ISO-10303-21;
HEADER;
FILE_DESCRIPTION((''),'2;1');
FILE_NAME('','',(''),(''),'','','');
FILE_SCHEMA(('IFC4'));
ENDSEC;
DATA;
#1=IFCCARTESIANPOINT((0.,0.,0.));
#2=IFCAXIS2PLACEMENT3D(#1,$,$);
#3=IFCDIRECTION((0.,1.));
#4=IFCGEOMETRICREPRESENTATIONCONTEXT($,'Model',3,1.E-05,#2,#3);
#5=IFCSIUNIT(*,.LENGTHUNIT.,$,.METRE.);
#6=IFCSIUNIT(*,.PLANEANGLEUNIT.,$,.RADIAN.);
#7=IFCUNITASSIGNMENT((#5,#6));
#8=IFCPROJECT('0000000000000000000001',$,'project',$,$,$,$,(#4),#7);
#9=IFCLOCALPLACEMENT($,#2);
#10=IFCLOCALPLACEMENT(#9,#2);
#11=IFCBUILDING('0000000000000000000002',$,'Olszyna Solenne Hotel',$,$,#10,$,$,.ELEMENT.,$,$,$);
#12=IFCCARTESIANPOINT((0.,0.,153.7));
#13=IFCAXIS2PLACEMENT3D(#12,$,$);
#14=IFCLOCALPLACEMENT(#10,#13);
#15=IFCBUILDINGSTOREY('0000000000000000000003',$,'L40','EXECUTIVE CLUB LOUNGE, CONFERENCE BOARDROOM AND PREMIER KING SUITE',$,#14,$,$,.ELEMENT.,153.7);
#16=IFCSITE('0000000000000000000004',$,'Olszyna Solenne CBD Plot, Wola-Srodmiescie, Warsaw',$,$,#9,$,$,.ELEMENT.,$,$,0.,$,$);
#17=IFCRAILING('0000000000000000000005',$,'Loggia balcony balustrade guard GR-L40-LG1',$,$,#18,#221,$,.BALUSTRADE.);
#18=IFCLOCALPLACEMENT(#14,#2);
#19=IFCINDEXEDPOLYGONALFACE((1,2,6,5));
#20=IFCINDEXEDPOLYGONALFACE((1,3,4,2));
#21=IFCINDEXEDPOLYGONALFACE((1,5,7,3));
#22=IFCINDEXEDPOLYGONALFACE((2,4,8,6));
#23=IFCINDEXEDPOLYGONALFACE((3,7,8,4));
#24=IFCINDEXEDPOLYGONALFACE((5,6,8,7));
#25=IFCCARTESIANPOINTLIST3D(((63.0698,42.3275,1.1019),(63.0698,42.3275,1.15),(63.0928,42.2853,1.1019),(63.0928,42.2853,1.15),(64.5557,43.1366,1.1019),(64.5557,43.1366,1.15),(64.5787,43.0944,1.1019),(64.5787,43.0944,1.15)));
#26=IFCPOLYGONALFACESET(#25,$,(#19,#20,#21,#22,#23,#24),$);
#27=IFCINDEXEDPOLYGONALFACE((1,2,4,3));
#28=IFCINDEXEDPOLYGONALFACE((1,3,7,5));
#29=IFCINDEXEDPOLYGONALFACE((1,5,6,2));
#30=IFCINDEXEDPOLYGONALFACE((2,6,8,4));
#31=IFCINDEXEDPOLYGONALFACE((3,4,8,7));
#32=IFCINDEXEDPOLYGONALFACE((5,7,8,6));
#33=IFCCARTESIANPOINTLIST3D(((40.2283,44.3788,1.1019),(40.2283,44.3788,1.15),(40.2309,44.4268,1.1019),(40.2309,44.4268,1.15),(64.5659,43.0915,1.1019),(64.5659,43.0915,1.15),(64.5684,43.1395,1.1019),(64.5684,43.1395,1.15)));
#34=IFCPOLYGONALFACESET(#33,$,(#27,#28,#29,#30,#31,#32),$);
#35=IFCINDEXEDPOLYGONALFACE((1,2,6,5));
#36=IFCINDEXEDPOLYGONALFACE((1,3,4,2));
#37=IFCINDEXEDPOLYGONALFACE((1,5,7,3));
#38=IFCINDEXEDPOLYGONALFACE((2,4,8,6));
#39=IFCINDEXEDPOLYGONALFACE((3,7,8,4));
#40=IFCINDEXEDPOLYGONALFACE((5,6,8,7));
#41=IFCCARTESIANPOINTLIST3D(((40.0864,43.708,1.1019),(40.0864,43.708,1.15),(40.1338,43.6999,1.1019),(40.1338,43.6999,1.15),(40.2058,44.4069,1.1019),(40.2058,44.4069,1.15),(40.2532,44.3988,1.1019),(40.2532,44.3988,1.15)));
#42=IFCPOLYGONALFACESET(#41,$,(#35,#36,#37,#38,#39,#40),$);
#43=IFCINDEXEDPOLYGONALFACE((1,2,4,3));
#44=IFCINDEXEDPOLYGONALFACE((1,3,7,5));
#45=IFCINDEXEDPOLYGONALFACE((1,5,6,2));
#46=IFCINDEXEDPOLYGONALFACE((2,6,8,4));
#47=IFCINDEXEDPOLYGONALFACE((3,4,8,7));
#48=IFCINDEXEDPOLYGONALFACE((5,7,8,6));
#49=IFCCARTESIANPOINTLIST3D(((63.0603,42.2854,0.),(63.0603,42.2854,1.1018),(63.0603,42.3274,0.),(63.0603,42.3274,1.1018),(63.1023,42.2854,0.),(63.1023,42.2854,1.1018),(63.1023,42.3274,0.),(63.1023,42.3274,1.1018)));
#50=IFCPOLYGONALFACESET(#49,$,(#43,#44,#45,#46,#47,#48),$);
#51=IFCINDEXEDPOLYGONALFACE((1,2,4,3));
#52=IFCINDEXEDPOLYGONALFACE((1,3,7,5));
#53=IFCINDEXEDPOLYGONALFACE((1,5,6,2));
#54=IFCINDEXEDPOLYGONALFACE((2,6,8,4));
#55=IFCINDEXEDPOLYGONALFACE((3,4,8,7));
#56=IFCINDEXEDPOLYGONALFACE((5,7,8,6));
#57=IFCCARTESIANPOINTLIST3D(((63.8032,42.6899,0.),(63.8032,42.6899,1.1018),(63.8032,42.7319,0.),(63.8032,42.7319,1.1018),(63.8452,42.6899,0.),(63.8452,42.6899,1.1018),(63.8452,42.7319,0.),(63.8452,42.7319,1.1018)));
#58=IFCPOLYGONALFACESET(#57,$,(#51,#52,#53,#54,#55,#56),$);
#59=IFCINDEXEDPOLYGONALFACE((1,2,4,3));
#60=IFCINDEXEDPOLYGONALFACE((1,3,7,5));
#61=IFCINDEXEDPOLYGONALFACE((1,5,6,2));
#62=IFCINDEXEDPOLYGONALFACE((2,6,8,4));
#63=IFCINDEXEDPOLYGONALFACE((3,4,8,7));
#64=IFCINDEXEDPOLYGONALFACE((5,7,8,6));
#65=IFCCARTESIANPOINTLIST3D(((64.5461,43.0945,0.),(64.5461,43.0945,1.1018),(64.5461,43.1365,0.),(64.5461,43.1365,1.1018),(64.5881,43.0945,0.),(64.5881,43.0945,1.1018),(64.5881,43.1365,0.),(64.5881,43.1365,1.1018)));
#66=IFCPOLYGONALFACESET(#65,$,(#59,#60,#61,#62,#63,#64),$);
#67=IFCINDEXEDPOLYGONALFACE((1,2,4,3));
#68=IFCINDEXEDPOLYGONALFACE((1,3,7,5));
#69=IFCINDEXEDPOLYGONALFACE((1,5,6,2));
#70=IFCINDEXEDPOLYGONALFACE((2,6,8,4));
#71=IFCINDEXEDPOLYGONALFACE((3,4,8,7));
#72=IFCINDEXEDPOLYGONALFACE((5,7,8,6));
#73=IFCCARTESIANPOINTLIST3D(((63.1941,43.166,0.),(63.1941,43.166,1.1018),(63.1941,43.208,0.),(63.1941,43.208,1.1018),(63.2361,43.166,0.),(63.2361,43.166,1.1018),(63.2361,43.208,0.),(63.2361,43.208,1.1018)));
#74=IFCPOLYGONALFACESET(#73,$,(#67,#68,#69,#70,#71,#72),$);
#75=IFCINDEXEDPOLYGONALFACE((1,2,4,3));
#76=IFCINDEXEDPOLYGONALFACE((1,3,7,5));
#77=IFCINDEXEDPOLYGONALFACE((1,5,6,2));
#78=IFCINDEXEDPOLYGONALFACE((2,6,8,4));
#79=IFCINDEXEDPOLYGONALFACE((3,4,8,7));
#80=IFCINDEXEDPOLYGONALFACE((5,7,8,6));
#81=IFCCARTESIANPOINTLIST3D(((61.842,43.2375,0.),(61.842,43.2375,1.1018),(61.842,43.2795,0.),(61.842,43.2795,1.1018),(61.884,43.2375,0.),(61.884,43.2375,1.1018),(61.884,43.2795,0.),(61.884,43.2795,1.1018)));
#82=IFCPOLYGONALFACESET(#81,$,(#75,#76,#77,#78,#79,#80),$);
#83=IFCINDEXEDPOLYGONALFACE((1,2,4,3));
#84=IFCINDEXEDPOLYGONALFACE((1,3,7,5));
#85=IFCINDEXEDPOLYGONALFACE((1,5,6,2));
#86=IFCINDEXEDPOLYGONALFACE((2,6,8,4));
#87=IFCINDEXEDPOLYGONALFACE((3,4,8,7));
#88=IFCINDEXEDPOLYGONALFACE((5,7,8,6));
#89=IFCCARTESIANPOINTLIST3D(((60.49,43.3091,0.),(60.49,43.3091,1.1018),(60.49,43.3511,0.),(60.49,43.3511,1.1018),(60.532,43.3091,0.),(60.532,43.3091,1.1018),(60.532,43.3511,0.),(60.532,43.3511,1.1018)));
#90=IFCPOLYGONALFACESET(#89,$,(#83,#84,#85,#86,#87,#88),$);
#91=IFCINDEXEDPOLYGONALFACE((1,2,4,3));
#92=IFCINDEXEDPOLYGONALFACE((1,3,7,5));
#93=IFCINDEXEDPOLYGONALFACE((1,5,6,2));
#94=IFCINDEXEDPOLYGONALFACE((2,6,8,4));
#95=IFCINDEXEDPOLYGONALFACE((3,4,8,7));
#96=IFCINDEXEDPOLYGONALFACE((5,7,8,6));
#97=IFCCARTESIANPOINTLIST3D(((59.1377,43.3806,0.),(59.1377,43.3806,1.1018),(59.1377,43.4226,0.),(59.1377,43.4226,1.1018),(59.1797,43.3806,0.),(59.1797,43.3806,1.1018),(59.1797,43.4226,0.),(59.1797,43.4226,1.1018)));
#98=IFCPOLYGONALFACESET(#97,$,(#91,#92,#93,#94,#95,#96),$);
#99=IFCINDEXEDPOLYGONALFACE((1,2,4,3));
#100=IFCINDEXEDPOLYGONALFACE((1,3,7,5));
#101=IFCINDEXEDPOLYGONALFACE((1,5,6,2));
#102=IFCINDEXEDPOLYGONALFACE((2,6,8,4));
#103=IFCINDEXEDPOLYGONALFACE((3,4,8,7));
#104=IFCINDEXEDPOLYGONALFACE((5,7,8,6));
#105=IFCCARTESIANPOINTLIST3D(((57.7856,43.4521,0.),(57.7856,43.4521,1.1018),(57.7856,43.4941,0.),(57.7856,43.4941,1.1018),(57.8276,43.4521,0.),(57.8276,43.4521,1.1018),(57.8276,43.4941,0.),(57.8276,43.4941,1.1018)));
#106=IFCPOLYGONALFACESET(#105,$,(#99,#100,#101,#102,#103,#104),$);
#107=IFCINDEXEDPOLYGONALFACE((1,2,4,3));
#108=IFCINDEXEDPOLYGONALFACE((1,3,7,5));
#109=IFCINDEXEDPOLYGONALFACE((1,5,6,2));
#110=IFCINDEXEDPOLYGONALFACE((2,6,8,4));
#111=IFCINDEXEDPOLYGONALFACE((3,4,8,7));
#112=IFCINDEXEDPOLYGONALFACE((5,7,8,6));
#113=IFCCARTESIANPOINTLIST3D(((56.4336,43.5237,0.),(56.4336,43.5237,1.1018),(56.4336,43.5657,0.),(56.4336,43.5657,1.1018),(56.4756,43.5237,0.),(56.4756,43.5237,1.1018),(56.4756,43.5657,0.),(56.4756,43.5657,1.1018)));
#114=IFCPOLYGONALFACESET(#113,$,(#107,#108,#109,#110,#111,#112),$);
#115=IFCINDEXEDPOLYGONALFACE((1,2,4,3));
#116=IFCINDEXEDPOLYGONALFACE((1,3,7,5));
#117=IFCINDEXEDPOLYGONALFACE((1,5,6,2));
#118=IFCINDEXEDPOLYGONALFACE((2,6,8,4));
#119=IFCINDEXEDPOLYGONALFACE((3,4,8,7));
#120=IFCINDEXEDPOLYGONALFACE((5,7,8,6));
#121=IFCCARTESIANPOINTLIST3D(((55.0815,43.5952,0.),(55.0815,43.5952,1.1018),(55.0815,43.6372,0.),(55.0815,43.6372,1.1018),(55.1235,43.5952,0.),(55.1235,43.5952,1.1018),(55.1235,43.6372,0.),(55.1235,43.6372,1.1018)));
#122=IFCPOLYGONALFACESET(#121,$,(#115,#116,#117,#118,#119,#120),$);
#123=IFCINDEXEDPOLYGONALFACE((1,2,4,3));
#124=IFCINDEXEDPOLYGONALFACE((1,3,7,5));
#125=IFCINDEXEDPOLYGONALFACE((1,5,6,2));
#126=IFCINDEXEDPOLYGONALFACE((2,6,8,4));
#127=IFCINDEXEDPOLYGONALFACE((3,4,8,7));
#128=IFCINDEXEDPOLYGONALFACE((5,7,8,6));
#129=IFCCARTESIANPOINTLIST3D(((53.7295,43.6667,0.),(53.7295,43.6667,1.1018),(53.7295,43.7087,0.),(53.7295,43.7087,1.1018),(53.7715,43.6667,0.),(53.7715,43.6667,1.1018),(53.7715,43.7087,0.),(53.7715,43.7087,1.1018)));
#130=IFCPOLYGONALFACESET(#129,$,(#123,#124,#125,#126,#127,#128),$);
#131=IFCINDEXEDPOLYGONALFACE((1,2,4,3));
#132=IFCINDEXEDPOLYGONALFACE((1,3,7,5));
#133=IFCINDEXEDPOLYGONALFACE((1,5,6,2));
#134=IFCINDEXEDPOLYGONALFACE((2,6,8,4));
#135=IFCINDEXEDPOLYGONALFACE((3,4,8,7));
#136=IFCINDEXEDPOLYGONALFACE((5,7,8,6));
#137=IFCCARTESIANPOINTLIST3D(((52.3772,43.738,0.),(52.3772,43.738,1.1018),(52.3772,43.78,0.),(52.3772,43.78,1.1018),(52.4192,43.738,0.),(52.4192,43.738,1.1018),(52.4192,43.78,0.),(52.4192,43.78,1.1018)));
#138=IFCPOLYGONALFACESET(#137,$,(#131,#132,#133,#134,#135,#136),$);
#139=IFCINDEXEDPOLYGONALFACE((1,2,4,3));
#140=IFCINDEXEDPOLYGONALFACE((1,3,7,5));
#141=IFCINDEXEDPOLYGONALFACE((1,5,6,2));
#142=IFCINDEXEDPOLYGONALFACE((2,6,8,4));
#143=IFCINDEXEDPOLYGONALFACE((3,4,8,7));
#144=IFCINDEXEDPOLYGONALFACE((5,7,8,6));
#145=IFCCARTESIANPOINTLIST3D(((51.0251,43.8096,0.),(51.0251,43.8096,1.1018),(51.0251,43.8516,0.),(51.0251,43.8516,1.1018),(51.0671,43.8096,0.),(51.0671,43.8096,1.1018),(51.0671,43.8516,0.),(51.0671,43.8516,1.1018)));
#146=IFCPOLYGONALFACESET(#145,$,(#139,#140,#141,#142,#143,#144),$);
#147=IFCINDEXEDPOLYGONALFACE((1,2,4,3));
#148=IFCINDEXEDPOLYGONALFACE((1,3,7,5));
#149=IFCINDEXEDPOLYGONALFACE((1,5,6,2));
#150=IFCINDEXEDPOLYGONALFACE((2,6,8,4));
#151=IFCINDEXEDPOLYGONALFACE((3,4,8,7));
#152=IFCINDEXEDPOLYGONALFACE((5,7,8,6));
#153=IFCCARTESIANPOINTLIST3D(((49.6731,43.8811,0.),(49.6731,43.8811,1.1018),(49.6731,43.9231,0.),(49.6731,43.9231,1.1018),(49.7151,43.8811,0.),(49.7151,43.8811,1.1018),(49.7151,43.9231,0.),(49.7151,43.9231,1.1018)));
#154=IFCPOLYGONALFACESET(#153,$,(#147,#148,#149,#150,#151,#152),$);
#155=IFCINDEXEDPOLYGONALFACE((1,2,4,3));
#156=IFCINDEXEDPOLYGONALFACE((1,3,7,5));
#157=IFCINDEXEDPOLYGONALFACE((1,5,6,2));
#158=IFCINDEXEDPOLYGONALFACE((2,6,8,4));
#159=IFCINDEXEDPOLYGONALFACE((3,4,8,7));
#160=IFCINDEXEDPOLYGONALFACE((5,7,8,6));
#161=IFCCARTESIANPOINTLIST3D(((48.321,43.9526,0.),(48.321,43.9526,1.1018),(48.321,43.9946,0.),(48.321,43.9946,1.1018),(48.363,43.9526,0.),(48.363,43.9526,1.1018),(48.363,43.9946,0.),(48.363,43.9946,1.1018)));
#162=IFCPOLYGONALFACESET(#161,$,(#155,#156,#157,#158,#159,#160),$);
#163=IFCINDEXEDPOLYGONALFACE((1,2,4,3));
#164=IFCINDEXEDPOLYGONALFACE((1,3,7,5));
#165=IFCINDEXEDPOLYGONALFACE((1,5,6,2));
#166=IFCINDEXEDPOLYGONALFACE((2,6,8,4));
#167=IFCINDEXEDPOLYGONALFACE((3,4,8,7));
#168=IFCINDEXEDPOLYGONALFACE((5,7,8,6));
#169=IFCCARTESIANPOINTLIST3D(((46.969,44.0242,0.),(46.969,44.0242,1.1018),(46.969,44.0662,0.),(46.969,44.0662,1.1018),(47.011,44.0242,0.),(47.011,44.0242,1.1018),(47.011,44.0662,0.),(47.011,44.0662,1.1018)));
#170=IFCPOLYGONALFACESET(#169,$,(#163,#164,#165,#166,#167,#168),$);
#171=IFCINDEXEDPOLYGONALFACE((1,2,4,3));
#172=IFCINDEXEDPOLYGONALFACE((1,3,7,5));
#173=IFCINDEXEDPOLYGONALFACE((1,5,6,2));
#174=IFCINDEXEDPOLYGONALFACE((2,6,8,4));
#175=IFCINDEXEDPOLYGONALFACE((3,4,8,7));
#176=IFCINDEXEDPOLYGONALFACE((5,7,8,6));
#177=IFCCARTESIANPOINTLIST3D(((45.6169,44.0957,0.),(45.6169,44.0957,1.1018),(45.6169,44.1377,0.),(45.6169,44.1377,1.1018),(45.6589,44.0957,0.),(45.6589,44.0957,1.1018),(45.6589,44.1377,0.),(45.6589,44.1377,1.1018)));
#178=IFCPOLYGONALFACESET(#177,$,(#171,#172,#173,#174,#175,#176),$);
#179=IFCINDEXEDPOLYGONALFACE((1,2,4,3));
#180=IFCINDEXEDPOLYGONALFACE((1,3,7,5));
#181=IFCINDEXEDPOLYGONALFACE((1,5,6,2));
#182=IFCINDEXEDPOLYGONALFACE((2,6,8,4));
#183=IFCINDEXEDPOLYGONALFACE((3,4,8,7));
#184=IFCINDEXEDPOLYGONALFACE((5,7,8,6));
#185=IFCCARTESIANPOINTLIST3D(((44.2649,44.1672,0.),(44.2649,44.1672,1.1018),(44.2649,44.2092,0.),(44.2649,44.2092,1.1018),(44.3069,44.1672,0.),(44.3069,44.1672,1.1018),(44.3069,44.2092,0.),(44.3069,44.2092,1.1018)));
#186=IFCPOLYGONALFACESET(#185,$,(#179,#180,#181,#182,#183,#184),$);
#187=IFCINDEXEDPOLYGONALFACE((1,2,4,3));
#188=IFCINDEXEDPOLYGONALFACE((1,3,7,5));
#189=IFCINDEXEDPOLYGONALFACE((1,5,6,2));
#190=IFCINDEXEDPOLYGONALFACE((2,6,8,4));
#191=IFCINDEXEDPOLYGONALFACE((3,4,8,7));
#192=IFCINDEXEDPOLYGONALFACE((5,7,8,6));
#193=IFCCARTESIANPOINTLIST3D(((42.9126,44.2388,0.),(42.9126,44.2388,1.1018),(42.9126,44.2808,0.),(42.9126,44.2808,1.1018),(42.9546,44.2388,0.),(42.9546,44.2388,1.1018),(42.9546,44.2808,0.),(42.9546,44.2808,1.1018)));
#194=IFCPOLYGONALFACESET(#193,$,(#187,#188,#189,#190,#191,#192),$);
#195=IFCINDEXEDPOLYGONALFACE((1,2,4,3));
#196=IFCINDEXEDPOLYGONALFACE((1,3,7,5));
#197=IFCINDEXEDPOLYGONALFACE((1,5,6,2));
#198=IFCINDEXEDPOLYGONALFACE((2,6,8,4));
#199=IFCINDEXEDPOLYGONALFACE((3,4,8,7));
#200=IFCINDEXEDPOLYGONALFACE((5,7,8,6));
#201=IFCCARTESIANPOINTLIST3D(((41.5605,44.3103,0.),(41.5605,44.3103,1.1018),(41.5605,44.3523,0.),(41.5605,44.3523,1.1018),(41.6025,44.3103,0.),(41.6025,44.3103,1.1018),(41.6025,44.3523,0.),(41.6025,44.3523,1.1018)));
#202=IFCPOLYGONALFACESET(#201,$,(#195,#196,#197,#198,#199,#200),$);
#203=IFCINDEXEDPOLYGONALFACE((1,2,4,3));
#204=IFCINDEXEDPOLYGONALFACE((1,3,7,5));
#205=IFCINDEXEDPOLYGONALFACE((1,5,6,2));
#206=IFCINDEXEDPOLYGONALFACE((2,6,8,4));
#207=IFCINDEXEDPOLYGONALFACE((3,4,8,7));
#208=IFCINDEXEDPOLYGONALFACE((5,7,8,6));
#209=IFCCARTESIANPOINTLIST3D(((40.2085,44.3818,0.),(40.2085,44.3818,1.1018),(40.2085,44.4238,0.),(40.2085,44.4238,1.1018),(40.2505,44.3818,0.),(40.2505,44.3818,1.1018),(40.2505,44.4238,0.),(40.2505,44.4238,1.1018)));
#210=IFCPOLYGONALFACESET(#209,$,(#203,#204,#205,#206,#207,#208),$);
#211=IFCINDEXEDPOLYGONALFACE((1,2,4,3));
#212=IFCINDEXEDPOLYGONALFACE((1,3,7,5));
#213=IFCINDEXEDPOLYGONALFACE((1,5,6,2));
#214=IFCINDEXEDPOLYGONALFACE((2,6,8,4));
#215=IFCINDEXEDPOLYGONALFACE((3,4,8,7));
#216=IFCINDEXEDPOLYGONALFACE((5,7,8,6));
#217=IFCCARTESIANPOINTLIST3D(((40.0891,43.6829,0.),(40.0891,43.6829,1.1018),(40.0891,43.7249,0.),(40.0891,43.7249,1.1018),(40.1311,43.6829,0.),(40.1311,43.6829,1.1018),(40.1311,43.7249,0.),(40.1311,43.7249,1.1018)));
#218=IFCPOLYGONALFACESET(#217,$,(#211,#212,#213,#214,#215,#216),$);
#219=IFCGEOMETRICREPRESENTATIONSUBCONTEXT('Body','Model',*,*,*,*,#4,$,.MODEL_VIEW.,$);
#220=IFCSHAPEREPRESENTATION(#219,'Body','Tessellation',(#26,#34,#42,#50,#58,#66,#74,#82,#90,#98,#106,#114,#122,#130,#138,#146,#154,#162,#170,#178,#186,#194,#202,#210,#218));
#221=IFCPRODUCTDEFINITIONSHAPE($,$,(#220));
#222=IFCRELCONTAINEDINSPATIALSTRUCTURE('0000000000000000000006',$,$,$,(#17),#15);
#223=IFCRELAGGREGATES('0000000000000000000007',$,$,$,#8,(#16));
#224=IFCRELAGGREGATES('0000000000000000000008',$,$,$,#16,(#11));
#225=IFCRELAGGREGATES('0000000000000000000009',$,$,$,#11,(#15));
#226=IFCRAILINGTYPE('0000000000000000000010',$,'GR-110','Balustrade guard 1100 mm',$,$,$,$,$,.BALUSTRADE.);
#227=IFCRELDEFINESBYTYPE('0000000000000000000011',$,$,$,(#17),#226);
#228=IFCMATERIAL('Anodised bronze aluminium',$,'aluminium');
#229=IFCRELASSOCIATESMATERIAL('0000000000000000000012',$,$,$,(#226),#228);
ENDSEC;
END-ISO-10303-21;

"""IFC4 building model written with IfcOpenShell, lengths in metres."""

from ifc_helpers import new_model, si_unit, direction, frame, origin, origin_2d, place, context, subcontext, project, spatial, rectangle, extrude, material, type_object, element, save


model = new_model("IFC4")

# Units and contexts
model_context = context("Model", 3, precision=1e-05, world=origin(), true_north=direction((0.0, 1.0)))
body_context = subcontext(model_context, "Body", "Model", "MODEL_VIEW")
ifc_project = project(units=[si_unit("LENGTHUNIT", "METRE"), si_unit("PLANEANGLEUNIT", "RADIAN")], contexts=[model_context])

# Site, building, storey
site_placement = place(None, origin())
site = spatial("IfcSite", under=ifc_project, at=site_placement, Name="Olszyna Solenne CBD Plot, Wola-Srodmiescie, Warsaw", CompositionType="ELEMENT", RefElevation=0.0)
building_placement = place(site_placement, origin())
building = spatial("IfcBuilding", under=site, at=building_placement, Name="Olszyna Solenne Hotel", CompositionType="ELEMENT")
storey_placement = place(building_placement, frame((0.0, 0.0, 153.7)))
storey = spatial("IfcBuildingStorey", under=building, at=storey_placement, Name="L40", Description="EXECUTIVE CLUB LOUNGE, CONFERENCE BOARDROOM AND PREMIER KING SUITE", CompositionType="ELEMENT", Elevation=153.7)

# Railing
ifc_material_1 = material(Name="Anodised bronze aluminium", Category="aluminium")
railing_type = type_object("IfcRailingType", Name="GR-110", Description="Balustrade guard 1100 mm", PredefinedType="BALUSTRADE", material=ifc_material_1)
railing_placement = place(storey_placement, frame((63.0813, 42.3064, 0.0)))
element("IfcRailing", 1, at=railing_placement, inside=storey, type_object=railing_type, Name="Loggia balcony balustrade guard GR-L40-LG1", PredefinedType="BALUSTRADE", context=body_context, shape_type="SweptSolid", body=[
    extrude(rectangle(XDim=0.0481, YDim=0.0481, at=origin_2d()), frame((0.0, 0.0, 1.126), z_axis=(0.878237, 0.478225, 0.0), x_axis=(-0.478225, 0.878237, 0.0)), (0.0, 0.0, 1.0), 1.6919),
    extrude(rectangle(XDim=0.0481, YDim=0.0481, at=origin_2d()), frame((1.4858, 0.8091, 1.126), z_axis=(-0.998604, 0.052822, 0.0), x_axis=(-0.052822, -0.998604, 0.0)), (0.0, 0.0, 1.0), 24.3716),
    extrude(rectangle(XDim=0.0481, YDim=0.0481, at=origin_2d()), frame((-22.8518, 2.0964, 1.126), z_axis=(-0.168362, -0.985725, 0.0), x_axis=(0.985725, -0.168362, 0.0)), (0.0, 0.0, 1.0), 0.709),
    extrude(rectangle(XDim=0.042, YDim=0.042, at=origin_2d()), origin(), (0.0, 0.0, 1.0), 1.1018),
    extrude(rectangle(XDim=0.042, YDim=0.042, at=origin_2d()), frame((0.7429, 0.4045, 0.0)), (0.0, 0.0, 1.0), 1.1018),
    extrude(rectangle(XDim=0.042, YDim=0.042, at=origin_2d()), frame((1.4858, 0.8091, 0.0)), (0.0, 0.0, 1.0), 1.1018),
    extrude(rectangle(XDim=0.042, YDim=0.042, at=origin_2d()), frame((0.1338, 0.8806, 0.0)), (0.0, 0.0, 1.0), 1.1018),
    extrude(rectangle(XDim=0.042, YDim=0.042, at=origin_2d()), frame((-1.2183, 0.9521, 0.0)), (0.0, 0.0, 1.0), 1.1018),
    extrude(rectangle(XDim=0.042, YDim=0.042, at=origin_2d()), frame((-2.5703, 1.0237, 0.0)), (0.0, 0.0, 1.0), 1.1018),
    extrude(rectangle(XDim=0.042, YDim=0.042, at=origin_2d()), frame((-3.9226, 1.0952, 0.0)), (0.0, 0.0, 1.0), 1.1018),
    extrude(rectangle(XDim=0.042, YDim=0.042, at=origin_2d()), frame((-5.2747, 1.1667, 0.0)), (0.0, 0.0, 1.0), 1.1018),
    extrude(rectangle(XDim=0.042, YDim=0.042, at=origin_2d()), frame((-6.6267, 1.2383, 0.0)), (0.0, 0.0, 1.0), 1.1018),
    extrude(rectangle(XDim=0.042, YDim=0.042, at=origin_2d()), frame((-7.9788, 1.3098, 0.0)), (0.0, 0.0, 1.0), 1.1018),
    extrude(rectangle(XDim=0.042, YDim=0.042, at=origin_2d()), frame((-9.3308, 1.3813, 0.0)), (0.0, 0.0, 1.0), 1.1018),
    extrude(rectangle(XDim=0.042, YDim=0.042, at=origin_2d()), frame((-10.6831, 1.4526, 0.0)), (0.0, 0.0, 1.0), 1.1018),
    extrude(rectangle(XDim=0.042, YDim=0.042, at=origin_2d()), frame((-12.0352, 1.5242, 0.0)), (0.0, 0.0, 1.0), 1.1018),
    extrude(rectangle(XDim=0.042, YDim=0.042, at=origin_2d()), frame((-13.3872, 1.5957, 0.0)), (0.0, 0.0, 1.0), 1.1018),
    extrude(rectangle(XDim=0.042, YDim=0.042, at=origin_2d()), frame((-14.7393, 1.6672, 0.0)), (0.0, 0.0, 1.0), 1.1018),
    extrude(rectangle(XDim=0.042, YDim=0.042, at=origin_2d()), frame((-16.0913, 1.7388, 0.0)), (0.0, 0.0, 1.0), 1.1018),
    extrude(rectangle(XDim=0.042, YDim=0.042, at=origin_2d()), frame((-17.4434, 1.8103, 0.0)), (0.0, 0.0, 1.0), 1.1018),
    extrude(rectangle(XDim=0.042, YDim=0.042, at=origin_2d()), frame((-18.7954, 1.8818, 0.0)), (0.0, 0.0, 1.0), 1.1018),
    extrude(rectangle(XDim=0.042, YDim=0.042, at=origin_2d()), frame((-20.1477, 1.9534, 0.0)), (0.0, 0.0, 1.0), 1.1018),
    extrude(rectangle(XDim=0.042, YDim=0.042, at=origin_2d()), frame((-21.4998, 2.0249, 0.0)), (0.0, 0.0, 1.0), 1.1018),
    extrude(rectangle(XDim=0.042, YDim=0.042, at=origin_2d()), frame((-22.8518, 2.0964, 0.0)), (0.0, 0.0, 1.0), 1.1018),
    extrude(rectangle(XDim=0.042, YDim=0.042, at=origin_2d()), frame((-22.9712, 1.3975, 0.0)), (0.0, 0.0, 1.0), 1.1018),
])

save(model, "model.ifc")
